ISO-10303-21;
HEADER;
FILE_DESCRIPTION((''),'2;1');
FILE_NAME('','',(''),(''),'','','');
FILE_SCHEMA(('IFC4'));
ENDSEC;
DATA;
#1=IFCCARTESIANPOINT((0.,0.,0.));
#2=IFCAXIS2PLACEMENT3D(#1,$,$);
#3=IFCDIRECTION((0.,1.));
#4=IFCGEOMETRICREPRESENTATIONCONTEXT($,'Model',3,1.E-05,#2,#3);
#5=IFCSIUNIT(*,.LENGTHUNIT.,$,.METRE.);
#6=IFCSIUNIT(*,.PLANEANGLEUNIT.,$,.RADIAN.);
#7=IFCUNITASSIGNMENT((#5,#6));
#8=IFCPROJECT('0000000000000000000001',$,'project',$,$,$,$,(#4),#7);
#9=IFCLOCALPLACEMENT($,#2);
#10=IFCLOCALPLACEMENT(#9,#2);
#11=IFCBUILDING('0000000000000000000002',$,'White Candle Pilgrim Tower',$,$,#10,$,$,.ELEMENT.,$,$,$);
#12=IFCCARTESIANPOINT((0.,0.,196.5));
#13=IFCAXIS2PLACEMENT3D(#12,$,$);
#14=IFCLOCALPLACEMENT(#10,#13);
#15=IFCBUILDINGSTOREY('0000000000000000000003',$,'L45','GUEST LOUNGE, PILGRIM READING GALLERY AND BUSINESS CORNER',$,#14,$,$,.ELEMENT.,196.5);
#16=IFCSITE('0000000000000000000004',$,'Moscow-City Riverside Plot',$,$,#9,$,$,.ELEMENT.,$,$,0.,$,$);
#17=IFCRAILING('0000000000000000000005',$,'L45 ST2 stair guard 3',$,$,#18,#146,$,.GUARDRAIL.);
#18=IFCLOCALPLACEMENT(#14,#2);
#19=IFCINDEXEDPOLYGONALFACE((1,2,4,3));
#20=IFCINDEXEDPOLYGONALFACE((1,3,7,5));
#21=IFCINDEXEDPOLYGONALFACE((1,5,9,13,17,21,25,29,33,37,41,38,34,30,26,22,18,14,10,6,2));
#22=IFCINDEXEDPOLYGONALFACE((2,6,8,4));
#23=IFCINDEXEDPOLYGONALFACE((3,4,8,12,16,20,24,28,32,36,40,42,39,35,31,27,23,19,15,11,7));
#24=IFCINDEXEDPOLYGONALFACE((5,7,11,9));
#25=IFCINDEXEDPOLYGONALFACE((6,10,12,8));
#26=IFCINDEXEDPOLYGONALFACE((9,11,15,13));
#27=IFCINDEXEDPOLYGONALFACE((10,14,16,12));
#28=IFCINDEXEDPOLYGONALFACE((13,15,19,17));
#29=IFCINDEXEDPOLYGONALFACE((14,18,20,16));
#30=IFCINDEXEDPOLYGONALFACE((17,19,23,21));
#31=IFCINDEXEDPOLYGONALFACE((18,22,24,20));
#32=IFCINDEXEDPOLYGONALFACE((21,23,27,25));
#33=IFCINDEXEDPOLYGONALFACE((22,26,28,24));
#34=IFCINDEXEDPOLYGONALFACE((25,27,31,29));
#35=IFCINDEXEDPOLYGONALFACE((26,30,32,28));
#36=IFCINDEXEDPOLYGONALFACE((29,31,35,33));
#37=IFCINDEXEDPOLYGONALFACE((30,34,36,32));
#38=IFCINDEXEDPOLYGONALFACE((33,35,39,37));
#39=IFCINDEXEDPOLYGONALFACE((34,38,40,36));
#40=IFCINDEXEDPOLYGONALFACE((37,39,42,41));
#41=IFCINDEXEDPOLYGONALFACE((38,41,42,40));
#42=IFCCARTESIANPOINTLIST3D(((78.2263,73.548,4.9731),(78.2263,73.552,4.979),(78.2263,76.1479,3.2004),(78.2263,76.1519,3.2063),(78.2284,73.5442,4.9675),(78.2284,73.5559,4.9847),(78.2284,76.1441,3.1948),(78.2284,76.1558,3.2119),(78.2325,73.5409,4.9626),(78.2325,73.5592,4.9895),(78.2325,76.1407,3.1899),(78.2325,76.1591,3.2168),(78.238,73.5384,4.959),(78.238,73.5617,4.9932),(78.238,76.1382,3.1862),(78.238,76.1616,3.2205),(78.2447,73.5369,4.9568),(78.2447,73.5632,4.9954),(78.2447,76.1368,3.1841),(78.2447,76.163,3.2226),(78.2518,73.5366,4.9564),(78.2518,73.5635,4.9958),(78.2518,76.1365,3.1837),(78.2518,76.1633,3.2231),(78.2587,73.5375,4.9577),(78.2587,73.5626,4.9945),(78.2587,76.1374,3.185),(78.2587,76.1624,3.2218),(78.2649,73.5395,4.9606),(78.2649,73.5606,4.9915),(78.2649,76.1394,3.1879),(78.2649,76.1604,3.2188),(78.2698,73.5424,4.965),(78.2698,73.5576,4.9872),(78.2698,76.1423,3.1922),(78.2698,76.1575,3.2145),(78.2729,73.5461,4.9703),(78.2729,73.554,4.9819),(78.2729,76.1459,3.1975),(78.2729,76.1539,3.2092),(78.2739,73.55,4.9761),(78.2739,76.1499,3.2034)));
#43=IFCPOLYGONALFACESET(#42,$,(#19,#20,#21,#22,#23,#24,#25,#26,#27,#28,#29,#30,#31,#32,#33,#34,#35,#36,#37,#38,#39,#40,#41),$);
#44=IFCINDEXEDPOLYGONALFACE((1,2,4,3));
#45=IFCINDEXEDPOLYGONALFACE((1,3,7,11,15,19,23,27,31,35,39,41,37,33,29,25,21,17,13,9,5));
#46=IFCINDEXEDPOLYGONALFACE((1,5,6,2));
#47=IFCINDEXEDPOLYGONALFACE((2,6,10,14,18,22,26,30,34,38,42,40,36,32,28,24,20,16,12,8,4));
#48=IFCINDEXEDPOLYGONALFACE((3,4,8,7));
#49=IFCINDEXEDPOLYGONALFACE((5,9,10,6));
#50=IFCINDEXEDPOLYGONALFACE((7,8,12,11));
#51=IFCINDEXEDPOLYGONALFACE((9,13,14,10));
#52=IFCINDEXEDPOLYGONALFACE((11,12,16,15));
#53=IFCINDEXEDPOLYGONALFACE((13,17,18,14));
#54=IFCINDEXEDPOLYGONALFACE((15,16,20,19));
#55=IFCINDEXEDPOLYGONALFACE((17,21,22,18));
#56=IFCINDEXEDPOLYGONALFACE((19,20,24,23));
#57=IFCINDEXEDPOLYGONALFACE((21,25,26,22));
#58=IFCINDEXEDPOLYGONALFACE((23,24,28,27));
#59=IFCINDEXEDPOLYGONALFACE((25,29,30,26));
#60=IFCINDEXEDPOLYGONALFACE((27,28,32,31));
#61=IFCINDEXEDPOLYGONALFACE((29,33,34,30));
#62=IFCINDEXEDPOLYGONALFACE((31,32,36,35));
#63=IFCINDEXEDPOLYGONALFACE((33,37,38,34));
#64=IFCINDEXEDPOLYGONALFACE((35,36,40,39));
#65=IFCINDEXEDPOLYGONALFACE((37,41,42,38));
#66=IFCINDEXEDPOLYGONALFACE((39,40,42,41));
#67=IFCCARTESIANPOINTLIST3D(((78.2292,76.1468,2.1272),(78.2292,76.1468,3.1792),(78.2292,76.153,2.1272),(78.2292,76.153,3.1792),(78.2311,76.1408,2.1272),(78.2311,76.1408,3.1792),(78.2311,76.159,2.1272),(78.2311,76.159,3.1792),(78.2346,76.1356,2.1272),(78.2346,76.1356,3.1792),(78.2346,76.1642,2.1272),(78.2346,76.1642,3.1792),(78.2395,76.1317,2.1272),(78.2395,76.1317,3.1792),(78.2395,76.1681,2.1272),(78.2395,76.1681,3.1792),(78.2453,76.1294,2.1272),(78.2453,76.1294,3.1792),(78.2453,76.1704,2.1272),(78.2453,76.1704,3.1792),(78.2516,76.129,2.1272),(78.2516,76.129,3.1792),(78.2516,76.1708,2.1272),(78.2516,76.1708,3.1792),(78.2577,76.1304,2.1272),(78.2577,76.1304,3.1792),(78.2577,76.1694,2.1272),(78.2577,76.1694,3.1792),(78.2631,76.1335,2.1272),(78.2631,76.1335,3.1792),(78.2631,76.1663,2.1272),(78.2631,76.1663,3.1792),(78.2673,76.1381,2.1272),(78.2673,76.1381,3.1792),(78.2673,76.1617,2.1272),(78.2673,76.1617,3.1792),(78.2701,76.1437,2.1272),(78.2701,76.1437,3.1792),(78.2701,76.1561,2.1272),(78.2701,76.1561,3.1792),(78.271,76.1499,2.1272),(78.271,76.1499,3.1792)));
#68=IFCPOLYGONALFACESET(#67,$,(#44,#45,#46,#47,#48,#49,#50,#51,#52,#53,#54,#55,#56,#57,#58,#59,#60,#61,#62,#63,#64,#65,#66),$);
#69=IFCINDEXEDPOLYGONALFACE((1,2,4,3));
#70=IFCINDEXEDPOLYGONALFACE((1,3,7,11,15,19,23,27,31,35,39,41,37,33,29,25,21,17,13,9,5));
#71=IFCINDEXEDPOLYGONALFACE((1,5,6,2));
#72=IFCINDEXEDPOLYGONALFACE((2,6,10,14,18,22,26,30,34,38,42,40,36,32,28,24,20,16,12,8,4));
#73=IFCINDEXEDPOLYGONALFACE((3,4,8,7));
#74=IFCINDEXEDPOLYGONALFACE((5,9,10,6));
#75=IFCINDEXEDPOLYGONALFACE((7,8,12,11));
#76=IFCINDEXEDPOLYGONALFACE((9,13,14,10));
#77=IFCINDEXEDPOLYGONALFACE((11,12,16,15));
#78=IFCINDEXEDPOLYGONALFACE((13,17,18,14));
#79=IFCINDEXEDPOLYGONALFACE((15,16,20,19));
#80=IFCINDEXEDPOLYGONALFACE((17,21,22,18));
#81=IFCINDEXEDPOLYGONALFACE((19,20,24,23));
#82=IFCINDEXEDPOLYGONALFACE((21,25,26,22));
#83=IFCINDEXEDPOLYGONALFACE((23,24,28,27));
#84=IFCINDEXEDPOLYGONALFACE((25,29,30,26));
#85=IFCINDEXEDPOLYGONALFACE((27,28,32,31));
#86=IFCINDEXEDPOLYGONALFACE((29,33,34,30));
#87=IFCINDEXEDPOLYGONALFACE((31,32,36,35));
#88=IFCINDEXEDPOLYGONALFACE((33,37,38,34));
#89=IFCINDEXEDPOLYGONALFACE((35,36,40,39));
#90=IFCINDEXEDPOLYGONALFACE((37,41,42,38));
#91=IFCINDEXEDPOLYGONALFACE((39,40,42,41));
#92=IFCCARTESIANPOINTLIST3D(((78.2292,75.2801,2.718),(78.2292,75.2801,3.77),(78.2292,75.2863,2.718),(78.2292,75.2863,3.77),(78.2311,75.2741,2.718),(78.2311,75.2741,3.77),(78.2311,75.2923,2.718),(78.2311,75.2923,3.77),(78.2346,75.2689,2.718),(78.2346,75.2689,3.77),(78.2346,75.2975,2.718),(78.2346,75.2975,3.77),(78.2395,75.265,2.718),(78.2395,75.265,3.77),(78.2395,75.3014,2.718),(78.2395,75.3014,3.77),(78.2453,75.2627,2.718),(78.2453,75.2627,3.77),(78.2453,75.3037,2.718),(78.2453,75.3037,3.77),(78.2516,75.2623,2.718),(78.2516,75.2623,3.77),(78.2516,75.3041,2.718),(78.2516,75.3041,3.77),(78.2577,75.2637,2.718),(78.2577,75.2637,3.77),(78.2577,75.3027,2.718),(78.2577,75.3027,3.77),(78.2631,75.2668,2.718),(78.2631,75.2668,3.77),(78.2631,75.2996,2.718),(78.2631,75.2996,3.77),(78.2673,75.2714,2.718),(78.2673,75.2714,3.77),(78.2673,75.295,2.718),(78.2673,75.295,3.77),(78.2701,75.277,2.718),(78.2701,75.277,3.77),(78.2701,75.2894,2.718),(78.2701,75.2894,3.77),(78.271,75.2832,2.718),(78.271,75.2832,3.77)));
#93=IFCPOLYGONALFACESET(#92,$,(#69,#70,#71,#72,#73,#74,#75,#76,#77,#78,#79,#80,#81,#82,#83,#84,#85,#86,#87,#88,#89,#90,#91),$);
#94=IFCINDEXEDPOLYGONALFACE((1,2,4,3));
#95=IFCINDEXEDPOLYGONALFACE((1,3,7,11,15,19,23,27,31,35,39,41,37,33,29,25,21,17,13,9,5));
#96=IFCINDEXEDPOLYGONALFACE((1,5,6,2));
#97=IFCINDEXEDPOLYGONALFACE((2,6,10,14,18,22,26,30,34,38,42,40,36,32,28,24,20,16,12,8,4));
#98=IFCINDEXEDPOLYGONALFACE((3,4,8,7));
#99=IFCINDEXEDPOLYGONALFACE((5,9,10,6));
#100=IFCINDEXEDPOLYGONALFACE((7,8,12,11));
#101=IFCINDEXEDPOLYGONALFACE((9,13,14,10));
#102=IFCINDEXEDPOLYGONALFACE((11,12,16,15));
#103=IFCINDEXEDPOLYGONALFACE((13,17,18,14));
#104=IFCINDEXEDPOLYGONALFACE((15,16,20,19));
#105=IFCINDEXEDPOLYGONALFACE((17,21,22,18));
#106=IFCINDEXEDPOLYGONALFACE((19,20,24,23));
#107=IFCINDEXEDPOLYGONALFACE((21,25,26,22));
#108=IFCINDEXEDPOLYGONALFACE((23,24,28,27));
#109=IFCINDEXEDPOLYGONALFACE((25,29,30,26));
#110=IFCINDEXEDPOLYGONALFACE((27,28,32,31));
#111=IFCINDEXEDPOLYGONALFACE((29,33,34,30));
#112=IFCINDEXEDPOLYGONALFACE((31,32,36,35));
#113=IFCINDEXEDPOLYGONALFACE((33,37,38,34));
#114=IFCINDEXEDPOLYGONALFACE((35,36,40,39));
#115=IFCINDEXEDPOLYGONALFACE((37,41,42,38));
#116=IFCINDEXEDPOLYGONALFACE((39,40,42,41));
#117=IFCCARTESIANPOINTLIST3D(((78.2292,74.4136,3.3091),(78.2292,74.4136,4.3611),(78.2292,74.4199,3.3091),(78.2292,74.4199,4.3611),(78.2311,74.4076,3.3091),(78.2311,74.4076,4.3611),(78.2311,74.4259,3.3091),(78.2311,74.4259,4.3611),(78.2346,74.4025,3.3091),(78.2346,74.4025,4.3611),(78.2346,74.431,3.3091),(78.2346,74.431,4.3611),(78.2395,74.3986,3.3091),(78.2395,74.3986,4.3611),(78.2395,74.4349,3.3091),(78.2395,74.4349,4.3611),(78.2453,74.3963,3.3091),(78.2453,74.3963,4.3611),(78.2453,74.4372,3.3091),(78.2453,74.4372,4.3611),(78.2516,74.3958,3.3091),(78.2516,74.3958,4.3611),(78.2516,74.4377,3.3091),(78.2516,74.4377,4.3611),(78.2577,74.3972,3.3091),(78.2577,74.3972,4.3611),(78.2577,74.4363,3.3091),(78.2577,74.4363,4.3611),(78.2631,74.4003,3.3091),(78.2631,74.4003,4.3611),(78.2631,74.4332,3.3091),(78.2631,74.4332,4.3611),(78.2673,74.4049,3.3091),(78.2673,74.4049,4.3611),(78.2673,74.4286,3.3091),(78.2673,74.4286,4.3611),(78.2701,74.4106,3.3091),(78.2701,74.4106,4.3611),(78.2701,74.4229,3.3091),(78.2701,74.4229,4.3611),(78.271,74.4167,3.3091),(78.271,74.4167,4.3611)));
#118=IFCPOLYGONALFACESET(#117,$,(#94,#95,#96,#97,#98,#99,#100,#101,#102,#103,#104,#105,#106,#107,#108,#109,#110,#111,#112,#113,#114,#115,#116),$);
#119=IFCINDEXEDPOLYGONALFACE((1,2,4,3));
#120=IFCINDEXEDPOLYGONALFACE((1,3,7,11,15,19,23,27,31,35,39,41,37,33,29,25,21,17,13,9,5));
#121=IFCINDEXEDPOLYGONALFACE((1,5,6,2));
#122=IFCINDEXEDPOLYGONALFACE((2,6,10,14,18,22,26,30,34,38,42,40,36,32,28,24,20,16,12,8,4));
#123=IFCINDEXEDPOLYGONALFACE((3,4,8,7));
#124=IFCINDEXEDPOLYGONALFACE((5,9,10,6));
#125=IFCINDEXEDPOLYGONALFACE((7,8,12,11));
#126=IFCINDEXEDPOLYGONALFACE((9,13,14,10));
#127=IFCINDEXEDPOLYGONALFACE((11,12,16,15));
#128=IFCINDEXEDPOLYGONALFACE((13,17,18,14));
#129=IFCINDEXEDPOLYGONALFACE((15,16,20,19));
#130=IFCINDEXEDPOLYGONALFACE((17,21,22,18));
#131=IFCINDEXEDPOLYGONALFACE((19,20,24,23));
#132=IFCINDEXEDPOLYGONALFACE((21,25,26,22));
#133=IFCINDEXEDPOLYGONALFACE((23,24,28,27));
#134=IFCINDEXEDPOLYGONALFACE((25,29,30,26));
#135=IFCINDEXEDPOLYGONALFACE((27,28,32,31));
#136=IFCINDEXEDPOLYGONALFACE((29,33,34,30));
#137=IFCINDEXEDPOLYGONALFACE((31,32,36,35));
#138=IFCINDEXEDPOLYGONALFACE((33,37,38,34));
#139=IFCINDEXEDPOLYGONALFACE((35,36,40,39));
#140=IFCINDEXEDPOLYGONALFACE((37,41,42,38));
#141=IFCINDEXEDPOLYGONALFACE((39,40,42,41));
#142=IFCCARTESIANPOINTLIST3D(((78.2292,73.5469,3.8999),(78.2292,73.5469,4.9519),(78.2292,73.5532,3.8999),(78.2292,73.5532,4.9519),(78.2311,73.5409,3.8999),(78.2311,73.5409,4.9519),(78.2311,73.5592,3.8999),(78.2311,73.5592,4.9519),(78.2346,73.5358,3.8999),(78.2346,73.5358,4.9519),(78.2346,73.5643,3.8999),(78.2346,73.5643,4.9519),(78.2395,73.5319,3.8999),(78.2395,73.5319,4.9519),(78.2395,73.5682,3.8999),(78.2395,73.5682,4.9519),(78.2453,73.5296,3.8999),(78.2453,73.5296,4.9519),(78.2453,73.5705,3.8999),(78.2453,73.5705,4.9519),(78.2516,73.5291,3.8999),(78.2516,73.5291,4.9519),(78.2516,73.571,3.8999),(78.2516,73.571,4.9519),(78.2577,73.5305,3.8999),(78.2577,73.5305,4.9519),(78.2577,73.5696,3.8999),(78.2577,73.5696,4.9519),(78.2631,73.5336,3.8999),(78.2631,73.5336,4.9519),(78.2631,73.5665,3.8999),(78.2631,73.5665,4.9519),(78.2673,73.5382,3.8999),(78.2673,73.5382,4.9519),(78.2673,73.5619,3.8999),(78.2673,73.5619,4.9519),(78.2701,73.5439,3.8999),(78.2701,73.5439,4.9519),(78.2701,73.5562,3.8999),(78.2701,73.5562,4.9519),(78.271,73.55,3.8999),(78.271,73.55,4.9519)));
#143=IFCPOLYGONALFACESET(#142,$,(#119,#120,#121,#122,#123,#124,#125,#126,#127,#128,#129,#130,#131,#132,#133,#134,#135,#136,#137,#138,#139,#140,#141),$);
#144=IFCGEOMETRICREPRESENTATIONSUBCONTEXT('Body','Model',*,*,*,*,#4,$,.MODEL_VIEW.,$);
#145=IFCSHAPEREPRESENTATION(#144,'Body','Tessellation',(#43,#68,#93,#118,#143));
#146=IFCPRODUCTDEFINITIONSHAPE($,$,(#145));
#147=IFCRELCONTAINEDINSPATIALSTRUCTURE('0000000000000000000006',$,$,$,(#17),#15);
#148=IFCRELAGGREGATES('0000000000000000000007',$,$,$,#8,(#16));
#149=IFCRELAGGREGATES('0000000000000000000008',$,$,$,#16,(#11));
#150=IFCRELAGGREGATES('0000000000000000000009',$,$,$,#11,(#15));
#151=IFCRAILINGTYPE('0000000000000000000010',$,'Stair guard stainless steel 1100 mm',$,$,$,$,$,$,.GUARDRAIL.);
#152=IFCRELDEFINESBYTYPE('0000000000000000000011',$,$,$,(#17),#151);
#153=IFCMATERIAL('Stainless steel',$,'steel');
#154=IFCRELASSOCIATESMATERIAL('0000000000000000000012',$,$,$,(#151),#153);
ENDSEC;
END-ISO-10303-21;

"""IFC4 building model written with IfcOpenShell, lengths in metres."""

from ifc_helpers import new_model, si_unit, direction, frame, origin, origin_2d, place, context, subcontext, project, spatial, circle, extrude, material, type_object, element, save


model = new_model("IFC4")

# Units and contexts
model_context = context("Model", 3, precision=1e-05, world=origin(), true_north=direction((0.0, 1.0)))
body_context = subcontext(model_context, "Body", "Model", "MODEL_VIEW")
ifc_project = project(units=[si_unit("LENGTHUNIT", "METRE"), si_unit("PLANEANGLEUNIT", "RADIAN")], contexts=[model_context])

# Site, building, storey
site_placement = place(None, origin())
site = spatial("IfcSite", under=ifc_project, at=site_placement, Name="Moscow-City Riverside Plot", CompositionType="ELEMENT", RefElevation=0.0)
building_placement = place(site_placement, origin())
building = spatial("IfcBuilding", under=site, at=building_placement, Name="White Candle Pilgrim Tower", CompositionType="ELEMENT")
storey_placement = place(building_placement, frame((0.0, 0.0, 196.5)))
storey = spatial("IfcBuildingStorey", under=building, at=storey_placement, Name="L45", Description="GUEST LOUNGE, PILGRIM READING GALLERY AND BUSINESS CORNER", CompositionType="ELEMENT", Elevation=196.5)

# Shared definitions
ifc_material_1 = material(Name="Stainless steel", Category="steel")

# Railing
railing_type_1 = type_object("IfcRailingType", Name="Stair guard stainless steel 1100 mm", PredefinedType="GUARDRAIL", material=ifc_material_1)
railing_1_placement = place(storey_placement, frame((78.25, 76.1499, 2.1272)))
element("IfcRailing", 1, at=railing_1_placement, inside=storey, type_object=railing_type_1, Name="L45 ST2 stair guard 3", PredefinedType="GUARDRAIL", context=body_context, shape_type="SweptSolid", body=[
    extrude(circle(Radius=0.0239, at=origin_2d()), frame((0.0, 0.0, 1.0762), z_axis=(0.0, -0.826216, 0.563354), x_axis=(1.0, 0.0, 0.0)), (0.0, 0.0, 1.0), 3.1467),
    extrude(circle(Radius=0.021, at=origin_2d()), origin(), (0.0, 0.0, 1.0), 1.052),
    extrude(circle(Radius=0.021, at=origin_2d()), frame((0.0, -0.8667, 0.5908)), (0.0, 0.0, 1.0), 1.052),
    extrude(circle(Radius=0.021, at=origin_2d()), frame((0.0, -1.7332, 1.1819)), (0.0, 0.0, 1.0), 1.052),
    extrude(circle(Radius=0.021, at=origin_2d()), frame((0.0, -2.5999, 1.7727)), (0.0, 0.0, 1.0), 1.052),
])

save(model, "model.ifc")
